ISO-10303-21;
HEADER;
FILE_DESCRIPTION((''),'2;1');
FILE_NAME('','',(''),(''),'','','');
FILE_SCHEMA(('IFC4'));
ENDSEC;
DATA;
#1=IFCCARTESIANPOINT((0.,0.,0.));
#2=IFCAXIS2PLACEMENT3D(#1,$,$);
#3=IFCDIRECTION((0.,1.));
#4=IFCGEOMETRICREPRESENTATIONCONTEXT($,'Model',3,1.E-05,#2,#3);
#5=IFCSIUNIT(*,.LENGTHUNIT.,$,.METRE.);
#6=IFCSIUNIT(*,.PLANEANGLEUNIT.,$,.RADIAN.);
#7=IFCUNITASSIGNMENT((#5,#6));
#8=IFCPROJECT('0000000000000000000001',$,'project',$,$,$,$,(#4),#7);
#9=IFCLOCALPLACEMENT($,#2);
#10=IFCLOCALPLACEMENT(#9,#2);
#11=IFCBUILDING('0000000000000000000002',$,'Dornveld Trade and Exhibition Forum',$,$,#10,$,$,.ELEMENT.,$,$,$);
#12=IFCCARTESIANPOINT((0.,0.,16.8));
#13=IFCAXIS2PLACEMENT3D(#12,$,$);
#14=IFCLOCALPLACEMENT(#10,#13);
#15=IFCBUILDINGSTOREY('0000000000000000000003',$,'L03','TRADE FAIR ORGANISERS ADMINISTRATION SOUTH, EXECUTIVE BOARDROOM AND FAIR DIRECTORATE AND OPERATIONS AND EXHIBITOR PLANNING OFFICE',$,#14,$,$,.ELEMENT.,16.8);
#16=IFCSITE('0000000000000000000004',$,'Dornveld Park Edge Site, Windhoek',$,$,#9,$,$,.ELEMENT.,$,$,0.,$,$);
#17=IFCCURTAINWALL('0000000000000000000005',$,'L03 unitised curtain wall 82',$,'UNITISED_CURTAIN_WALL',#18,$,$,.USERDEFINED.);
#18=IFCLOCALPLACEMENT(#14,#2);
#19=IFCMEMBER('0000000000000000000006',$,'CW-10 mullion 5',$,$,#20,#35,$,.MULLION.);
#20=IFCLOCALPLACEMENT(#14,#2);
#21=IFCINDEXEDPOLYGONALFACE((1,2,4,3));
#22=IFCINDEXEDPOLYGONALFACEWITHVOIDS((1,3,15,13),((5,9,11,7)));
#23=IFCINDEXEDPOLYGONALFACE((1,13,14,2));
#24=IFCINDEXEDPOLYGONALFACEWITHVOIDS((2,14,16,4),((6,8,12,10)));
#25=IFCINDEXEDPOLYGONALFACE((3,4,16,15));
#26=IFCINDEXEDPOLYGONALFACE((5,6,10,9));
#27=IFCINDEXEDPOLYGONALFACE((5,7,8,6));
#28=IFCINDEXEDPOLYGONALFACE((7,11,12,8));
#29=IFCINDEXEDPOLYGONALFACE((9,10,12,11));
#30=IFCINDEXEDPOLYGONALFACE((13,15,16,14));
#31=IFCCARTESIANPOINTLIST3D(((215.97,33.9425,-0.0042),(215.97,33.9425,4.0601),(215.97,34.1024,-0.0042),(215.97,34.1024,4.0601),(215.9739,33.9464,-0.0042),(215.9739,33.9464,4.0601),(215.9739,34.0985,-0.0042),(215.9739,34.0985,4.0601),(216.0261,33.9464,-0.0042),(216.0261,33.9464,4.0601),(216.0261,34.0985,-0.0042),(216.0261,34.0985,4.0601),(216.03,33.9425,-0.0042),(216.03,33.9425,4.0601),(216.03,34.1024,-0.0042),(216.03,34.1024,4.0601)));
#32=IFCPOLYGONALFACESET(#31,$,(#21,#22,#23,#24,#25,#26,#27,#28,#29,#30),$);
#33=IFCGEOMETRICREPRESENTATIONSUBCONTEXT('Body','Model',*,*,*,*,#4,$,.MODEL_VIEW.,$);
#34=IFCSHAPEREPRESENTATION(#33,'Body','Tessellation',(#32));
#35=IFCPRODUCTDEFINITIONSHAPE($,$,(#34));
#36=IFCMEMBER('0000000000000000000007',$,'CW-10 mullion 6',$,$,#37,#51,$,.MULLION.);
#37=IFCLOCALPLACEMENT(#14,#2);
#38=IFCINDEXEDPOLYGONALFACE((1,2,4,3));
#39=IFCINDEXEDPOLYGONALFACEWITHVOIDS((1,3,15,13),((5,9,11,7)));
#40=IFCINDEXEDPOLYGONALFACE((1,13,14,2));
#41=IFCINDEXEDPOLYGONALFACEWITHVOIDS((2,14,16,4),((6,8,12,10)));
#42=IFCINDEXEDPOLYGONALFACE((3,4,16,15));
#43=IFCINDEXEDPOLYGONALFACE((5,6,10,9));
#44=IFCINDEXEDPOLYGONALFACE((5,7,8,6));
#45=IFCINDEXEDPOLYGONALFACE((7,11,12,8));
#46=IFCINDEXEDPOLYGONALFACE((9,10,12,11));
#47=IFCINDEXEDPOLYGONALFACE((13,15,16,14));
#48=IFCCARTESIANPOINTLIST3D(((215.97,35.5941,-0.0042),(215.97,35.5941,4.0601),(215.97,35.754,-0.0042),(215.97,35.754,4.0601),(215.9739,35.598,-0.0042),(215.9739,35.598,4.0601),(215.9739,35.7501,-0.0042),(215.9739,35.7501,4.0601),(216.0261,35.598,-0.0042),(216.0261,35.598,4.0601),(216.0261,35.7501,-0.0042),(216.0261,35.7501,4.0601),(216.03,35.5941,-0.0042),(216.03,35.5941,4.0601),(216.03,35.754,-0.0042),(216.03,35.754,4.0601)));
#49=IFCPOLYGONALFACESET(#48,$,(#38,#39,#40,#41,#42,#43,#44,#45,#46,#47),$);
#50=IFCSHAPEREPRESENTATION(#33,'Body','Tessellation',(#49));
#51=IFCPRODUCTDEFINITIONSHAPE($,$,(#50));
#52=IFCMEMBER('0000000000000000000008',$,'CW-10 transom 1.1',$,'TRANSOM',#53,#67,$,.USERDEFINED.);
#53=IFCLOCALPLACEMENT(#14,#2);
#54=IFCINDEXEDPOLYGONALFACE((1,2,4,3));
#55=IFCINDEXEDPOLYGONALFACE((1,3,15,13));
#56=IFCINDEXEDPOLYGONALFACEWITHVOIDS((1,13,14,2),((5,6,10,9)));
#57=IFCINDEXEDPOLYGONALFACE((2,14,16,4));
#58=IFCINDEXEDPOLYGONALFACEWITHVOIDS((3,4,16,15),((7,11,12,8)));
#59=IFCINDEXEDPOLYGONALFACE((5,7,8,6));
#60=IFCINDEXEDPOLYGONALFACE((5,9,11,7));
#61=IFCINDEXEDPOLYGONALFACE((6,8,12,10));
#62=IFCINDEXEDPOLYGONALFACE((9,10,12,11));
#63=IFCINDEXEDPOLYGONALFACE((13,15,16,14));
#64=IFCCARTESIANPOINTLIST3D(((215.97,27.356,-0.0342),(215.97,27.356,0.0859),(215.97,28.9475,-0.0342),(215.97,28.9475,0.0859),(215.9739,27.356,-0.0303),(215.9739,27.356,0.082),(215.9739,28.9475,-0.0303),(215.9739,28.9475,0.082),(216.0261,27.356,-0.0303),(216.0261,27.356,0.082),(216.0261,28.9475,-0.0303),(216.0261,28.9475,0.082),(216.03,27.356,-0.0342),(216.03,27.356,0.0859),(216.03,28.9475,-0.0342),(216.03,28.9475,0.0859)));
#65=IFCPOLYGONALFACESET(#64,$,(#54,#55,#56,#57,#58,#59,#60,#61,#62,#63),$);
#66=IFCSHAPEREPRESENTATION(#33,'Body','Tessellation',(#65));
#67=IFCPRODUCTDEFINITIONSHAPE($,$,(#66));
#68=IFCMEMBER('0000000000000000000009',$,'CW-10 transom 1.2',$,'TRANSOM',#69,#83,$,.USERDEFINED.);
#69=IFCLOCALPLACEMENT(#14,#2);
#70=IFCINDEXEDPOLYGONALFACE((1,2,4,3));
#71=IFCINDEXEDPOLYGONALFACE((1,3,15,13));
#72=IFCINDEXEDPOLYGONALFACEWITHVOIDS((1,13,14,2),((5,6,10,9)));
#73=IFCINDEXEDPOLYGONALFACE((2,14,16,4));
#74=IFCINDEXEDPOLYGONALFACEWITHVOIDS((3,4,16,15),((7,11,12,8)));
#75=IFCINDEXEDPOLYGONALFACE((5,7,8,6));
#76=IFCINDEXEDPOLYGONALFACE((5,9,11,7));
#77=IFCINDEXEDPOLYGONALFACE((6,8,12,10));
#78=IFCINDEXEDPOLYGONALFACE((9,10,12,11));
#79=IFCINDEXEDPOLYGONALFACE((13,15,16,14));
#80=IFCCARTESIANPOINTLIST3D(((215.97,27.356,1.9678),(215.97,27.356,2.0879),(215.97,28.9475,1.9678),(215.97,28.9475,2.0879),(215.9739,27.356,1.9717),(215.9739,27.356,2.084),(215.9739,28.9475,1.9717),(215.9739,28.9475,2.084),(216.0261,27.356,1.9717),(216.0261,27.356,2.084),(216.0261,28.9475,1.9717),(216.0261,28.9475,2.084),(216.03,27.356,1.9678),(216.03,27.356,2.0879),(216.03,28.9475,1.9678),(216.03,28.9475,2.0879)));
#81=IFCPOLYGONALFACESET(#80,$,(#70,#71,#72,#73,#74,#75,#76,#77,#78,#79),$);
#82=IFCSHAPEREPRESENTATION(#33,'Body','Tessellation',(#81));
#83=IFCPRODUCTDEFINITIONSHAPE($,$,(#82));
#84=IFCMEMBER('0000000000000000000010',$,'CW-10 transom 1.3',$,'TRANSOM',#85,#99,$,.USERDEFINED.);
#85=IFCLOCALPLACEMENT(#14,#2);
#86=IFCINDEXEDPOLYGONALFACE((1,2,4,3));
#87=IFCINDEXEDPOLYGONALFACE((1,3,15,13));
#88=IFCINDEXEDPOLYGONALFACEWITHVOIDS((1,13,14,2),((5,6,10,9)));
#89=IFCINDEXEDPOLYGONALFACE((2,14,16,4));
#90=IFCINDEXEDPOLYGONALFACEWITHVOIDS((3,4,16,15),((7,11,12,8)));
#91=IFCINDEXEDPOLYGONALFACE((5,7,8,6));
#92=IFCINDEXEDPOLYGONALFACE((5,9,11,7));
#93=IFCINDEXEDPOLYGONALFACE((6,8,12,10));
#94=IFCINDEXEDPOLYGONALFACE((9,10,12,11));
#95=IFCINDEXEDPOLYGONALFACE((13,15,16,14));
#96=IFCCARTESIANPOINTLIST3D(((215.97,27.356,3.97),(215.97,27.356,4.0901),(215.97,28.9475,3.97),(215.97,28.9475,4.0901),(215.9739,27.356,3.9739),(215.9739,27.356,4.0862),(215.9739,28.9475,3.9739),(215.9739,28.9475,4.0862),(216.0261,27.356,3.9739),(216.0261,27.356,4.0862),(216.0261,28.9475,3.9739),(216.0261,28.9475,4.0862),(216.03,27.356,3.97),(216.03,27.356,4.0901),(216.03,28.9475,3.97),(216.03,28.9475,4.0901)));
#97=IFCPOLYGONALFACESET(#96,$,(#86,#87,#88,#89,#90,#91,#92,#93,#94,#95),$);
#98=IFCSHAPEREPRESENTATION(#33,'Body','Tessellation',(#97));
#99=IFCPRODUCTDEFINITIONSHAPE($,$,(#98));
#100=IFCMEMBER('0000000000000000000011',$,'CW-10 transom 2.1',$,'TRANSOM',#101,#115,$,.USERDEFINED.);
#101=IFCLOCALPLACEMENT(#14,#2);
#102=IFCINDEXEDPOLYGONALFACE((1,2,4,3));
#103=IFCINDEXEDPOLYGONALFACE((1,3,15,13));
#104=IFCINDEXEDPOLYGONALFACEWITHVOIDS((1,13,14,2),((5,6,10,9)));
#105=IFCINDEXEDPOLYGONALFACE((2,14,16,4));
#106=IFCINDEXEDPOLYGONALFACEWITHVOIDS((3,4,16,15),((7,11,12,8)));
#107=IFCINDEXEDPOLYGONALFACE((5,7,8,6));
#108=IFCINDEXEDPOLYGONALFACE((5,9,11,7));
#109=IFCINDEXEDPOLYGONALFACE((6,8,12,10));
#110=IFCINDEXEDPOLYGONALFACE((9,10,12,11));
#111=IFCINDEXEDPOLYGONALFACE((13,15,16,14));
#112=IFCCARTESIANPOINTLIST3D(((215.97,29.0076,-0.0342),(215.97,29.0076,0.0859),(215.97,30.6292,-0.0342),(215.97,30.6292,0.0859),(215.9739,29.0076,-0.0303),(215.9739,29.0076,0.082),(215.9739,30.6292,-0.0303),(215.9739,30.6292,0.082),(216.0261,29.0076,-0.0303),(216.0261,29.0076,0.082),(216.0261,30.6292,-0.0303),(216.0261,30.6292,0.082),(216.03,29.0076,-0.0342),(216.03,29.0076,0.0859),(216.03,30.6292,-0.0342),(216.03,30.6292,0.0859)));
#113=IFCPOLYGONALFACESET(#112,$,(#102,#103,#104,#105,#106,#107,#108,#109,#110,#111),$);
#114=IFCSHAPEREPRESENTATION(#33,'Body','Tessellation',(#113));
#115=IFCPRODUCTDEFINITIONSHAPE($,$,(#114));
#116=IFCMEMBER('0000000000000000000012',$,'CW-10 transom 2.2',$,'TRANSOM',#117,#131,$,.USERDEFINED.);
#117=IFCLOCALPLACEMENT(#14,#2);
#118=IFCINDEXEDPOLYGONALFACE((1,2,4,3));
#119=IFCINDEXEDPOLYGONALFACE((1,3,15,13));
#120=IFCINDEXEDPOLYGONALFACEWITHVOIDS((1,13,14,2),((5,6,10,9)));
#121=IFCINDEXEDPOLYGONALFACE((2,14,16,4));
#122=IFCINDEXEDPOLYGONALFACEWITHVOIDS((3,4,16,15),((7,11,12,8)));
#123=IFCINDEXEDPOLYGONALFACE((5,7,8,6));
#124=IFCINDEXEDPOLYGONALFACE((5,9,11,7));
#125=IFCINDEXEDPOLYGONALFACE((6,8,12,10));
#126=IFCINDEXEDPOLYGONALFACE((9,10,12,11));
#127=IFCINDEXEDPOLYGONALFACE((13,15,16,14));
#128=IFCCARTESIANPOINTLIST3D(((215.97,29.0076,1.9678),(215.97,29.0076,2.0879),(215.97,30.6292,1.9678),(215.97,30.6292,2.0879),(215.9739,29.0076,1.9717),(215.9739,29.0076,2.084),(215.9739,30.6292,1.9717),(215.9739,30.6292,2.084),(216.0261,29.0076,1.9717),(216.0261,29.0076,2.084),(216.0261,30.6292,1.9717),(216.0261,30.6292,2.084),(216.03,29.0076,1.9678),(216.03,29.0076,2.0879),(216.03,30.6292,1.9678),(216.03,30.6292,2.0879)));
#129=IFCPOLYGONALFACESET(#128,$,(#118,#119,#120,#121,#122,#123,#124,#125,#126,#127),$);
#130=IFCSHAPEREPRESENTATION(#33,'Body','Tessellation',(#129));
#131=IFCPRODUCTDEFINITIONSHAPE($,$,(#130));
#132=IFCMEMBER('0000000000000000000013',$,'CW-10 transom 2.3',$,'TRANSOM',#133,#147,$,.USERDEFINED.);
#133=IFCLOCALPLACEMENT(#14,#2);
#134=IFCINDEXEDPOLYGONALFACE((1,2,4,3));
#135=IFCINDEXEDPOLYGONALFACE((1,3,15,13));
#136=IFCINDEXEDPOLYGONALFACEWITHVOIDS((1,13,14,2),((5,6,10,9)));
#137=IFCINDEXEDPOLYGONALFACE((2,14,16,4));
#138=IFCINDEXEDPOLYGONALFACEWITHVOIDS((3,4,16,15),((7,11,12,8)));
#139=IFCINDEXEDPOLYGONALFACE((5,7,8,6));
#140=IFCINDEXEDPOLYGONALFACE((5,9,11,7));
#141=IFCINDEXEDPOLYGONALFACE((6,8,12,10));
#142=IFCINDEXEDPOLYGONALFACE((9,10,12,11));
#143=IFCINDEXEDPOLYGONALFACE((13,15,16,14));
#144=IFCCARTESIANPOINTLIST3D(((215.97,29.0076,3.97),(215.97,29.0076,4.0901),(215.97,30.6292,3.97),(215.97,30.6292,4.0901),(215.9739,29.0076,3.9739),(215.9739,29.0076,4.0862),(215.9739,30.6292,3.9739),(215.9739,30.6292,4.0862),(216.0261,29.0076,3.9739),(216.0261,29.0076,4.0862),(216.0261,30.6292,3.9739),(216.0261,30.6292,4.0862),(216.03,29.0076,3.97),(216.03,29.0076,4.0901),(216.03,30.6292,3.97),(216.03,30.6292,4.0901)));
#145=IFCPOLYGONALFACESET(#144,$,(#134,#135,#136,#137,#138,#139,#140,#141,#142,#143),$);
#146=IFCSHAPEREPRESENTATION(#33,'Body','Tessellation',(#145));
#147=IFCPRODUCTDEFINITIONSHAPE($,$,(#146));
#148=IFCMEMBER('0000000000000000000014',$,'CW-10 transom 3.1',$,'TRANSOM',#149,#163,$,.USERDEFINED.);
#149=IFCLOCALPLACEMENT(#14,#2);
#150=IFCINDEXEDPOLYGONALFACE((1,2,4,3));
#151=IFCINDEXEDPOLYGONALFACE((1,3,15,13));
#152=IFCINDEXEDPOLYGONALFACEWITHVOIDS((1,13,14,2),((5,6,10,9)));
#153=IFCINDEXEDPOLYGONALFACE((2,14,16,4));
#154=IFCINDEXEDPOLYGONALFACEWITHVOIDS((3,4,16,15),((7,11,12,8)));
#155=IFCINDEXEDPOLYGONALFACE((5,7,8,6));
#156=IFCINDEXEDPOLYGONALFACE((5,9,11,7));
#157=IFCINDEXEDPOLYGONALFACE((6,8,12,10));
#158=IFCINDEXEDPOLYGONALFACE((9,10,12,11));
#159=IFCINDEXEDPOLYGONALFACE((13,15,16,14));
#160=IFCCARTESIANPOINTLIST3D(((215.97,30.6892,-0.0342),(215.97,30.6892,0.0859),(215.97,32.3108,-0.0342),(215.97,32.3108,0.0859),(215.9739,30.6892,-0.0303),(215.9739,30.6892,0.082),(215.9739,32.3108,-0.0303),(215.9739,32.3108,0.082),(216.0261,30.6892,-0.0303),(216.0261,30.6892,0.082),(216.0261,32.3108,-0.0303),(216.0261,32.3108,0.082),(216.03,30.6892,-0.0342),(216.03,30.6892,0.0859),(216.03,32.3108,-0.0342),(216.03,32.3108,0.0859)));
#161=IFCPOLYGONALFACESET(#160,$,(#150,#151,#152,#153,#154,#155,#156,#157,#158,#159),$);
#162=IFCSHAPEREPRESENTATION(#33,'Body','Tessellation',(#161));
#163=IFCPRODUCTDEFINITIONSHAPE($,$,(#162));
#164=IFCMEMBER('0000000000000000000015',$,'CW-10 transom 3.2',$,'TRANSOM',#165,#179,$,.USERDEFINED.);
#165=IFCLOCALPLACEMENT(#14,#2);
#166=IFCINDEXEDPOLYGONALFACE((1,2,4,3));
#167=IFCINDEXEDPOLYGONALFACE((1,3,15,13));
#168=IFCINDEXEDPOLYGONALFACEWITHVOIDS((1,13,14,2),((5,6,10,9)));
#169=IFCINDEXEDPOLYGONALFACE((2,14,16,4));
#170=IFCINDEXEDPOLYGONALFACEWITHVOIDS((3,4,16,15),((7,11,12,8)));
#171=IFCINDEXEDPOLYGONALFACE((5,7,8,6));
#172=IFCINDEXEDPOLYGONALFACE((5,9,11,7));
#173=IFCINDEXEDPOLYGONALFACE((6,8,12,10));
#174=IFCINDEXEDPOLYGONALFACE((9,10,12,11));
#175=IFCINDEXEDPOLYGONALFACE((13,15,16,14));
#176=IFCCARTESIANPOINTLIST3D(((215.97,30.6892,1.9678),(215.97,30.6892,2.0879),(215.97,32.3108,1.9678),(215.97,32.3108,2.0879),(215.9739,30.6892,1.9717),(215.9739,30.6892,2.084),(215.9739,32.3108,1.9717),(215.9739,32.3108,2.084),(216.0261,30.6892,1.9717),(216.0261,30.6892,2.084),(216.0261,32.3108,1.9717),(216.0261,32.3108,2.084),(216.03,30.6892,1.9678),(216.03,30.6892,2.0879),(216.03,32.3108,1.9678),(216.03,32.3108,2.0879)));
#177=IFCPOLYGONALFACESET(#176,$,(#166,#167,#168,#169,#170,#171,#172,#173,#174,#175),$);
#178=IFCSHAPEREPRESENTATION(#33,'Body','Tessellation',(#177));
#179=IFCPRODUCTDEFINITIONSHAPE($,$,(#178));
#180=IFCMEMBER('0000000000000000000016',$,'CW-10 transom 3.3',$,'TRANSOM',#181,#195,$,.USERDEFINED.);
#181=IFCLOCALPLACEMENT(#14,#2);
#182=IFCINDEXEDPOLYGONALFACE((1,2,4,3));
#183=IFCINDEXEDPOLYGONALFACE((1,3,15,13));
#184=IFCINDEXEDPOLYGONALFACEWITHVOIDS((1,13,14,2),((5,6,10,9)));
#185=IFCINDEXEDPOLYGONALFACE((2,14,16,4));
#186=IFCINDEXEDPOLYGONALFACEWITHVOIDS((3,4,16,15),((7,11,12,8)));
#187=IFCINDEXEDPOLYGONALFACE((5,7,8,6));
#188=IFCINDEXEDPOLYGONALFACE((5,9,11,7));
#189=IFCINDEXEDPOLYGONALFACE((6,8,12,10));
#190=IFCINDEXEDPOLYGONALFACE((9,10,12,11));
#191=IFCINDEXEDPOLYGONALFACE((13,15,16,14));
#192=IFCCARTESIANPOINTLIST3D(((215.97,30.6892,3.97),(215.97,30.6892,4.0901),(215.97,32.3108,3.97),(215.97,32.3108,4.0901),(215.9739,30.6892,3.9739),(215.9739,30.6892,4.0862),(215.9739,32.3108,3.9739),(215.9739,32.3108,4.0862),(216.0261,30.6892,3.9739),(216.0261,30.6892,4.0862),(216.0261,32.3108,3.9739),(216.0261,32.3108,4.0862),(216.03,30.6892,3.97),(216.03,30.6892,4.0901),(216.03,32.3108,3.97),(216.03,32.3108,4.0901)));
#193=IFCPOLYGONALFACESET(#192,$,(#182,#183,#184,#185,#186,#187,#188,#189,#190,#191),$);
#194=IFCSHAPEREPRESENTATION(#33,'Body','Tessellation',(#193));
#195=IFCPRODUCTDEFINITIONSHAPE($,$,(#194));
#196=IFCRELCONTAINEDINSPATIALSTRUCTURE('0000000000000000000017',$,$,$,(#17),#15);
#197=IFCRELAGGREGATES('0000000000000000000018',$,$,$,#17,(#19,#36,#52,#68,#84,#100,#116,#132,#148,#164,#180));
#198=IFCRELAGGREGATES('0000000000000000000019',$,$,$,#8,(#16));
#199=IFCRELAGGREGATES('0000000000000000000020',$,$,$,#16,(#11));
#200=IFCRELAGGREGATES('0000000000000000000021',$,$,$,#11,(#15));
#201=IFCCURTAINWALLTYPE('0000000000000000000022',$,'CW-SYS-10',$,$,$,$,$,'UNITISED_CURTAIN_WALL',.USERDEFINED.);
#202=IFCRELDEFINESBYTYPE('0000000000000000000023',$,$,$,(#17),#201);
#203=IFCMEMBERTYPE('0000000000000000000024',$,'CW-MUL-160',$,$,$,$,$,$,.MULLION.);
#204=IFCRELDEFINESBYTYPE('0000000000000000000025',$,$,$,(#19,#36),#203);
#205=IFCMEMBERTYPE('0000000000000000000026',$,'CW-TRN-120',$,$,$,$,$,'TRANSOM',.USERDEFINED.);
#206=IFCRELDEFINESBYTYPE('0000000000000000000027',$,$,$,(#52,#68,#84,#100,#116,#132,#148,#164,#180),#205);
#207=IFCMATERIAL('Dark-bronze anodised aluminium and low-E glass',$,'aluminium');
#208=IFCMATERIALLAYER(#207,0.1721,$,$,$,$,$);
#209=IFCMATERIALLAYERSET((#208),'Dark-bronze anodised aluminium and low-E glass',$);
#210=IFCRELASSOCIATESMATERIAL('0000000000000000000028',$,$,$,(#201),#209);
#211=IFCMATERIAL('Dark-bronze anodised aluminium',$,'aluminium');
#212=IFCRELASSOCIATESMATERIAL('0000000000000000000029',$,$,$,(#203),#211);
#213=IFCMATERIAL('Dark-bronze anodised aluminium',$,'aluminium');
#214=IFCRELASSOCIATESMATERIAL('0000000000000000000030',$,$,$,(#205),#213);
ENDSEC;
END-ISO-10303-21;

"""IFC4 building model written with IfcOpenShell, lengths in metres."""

from ifc_helpers import new_model, si_unit, direction, frame, origin, origin_2d, place, context, subcontext, project, spatial, hollow_rectangle, extrude, material, layer, layer_set, material_profile, profile_set, type_object, element, aggregate, save


model = new_model("IFC4")

# Units and contexts
model_context = context("Model", 3, precision=1e-05, world=origin(), true_north=direction((0.0, 1.0)))
body_context = subcontext(model_context, "Body", "Model", "MODEL_VIEW")
ifc_project = project(units=[si_unit("LENGTHUNIT", "METRE"), si_unit("PLANEANGLEUNIT", "RADIAN")], contexts=[model_context])

# Site, building, storey
site_placement = place(None, origin())
site = spatial("IfcSite", under=ifc_project, at=site_placement, Name="Dornveld Park Edge Site, Windhoek", CompositionType="ELEMENT", RefElevation=0.0)
building_placement = place(site_placement, origin())
building = spatial("IfcBuilding", under=site, at=building_placement, Name="Dornveld Trade and Exhibition Forum", CompositionType="ELEMENT")
storey_placement = place(building_placement, frame((0.0, 0.0, 16.8)))
storey = spatial("IfcBuildingStorey", under=building, at=storey_placement, Name="L03", Description="TRADE FAIR ORGANISERS ADMINISTRATION SOUTH, EXECUTIVE BOARDROOM AND FAIR DIRECTORATE AND OPERATIONS AND EXHIBITOR PLANNING OFFICE", CompositionType="ELEMENT", Elevation=16.8)

# Curtain wall, members
ifc_material_1 = material(Name="Dark-bronze anodised aluminium and low-E glass", Category="aluminium")
ifc_layer_1 = layer(ifc_material_1, 0.1721)
ifc_layer_set_1 = layer_set([ifc_layer_1], Name="Dark-bronze anodised aluminium and low-E glass")
curtain_wall_type = type_object("IfcCurtainWallType", Name="CW-SYS-10", ElementType="UNITISED_CURTAIN_WALL", PredefinedType="USERDEFINED", material=ifc_layer_set_1)
curtain_wall_placement = place(storey_placement, origin())
curtain_wall = element("IfcCurtainWall", 1, at=curtain_wall_placement, inside=storey, type_object=curtain_wall_type, Name="L03 unitised curtain wall 82", ObjectType="UNITISED_CURTAIN_WALL", PredefinedType="USERDEFINED")
ifc_material_2 = material(Name="Dark-bronze anodised aluminium", Category="aluminium")
ifc_material_profile_1 = material_profile(ifc_material_2, hollow_rectangle(XDim=0.0601, YDim=0.1599, WallThickness=0.0039, at=origin_2d()), Name="RHS 160x60x4")
ifc_profile_set_1 = profile_set([ifc_material_profile_1], Name="Dark-bronze anodised aluminium")
member_type_1 = type_object("IfcMemberType", Name="CW-MUL-160", PredefinedType="MULLION", material=ifc_profile_set_1)
member_1_placement = place(storey_placement, frame((216.0, 34.0225, -0.0042), z_axis=(0.0, 0.0, 1.0), x_axis=(-1.0, 0.0, 0.0)))
member_1 = element("IfcMember", 2, at=member_1_placement, type_object=member_type_1, Name="CW-10 mullion 5", PredefinedType="MULLION", context=body_context, shape_type="SweptSolid", body=[
    extrude(hollow_rectangle(XDim=0.0601, YDim=0.1599, WallThickness=0.0039, at=origin_2d()), origin(), (0.0, 0.0, 1.0), 4.0642),
])
member_2_placement = place(storey_placement, frame((216.0, 35.6741, -0.0042), z_axis=(0.0, 0.0, 1.0), x_axis=(-1.0, 0.0, 0.0)))
member_2 = element("IfcMember", 3, at=member_2_placement, type_object=member_type_1, Name="CW-10 mullion 6", PredefinedType="MULLION", context=body_context, shape_type="SweptSolid", body=[
    extrude(hollow_rectangle(XDim=0.0601, YDim=0.1599, WallThickness=0.0039, at=origin_2d()), origin(), (0.0, 0.0, 1.0), 4.0642),
])
ifc_material_3 = material(Name="Dark-bronze anodised aluminium", Category="aluminium")
ifc_material_profile_2 = material_profile(ifc_material_3, hollow_rectangle(XDim=0.0601, YDim=0.1201, WallThickness=0.0039, at=origin_2d()), Name="RHS 120x60x4")
ifc_profile_set_2 = profile_set([ifc_material_profile_2], Name="Dark-bronze anodised aluminium")
member_type_2 = type_object("IfcMemberType", Name="CW-TRN-120", ElementType="TRANSOM", PredefinedType="USERDEFINED", material=ifc_profile_set_2)
member_3_placement = place(storey_placement, frame((216.0, 27.356, 0.0259), z_axis=(0.0, 1.0, 0.0), x_axis=(-1.0, 0.0, 0.0)))
member_3 = element("IfcMember", 4, at=member_3_placement, type_object=member_type_2, Name="CW-10 transom 1.1", ObjectType="TRANSOM", PredefinedType="USERDEFINED", context=body_context, shape_type="SweptSolid", body=[
    extrude(hollow_rectangle(XDim=0.0601, YDim=0.1201, WallThickness=0.0039, at=origin_2d()), origin(), (0.0, 0.0, 1.0), 1.5916),
])
member_4_placement = place(storey_placement, frame((216.0, 27.356, 2.0278), z_axis=(0.0, 1.0, 0.0), x_axis=(-1.0, 0.0, 0.0)))
member_4 = element("IfcMember", 5, at=member_4_placement, type_object=member_type_2, Name="CW-10 transom 1.2", ObjectType="TRANSOM", PredefinedType="USERDEFINED", context=body_context, shape_type="SweptSolid", body=[
    extrude(hollow_rectangle(XDim=0.0601, YDim=0.1201, WallThickness=0.0039, at=origin_2d()), origin(), (0.0, 0.0, 1.0), 1.5916),
])
member_5_placement = place(storey_placement, frame((216.0, 27.356, 4.03), z_axis=(0.0, 1.0, 0.0), x_axis=(-1.0, 0.0, 0.0)))
member_5 = element("IfcMember", 6, at=member_5_placement, type_object=member_type_2, Name="CW-10 transom 1.3", ObjectType="TRANSOM", PredefinedType="USERDEFINED", context=body_context, shape_type="SweptSolid", body=[
    extrude(hollow_rectangle(XDim=0.0601, YDim=0.1201, WallThickness=0.0039, at=origin_2d()), origin(), (0.0, 0.0, 1.0), 1.5916),
])
member_6_placement = place(storey_placement, frame((216.0, 29.0076, 0.0259), z_axis=(0.0, 1.0, 0.0), x_axis=(-1.0, 0.0, 0.0)))
member_6 = element("IfcMember", 7, at=member_6_placement, type_object=member_type_2, Name="CW-10 transom 2.1", ObjectType="TRANSOM", PredefinedType="USERDEFINED", context=body_context, shape_type="SweptSolid", body=[
    extrude(hollow_rectangle(XDim=0.0601, YDim=0.1201, WallThickness=0.0039, at=origin_2d()), origin(), (0.0, 0.0, 1.0), 1.6216),
])
member_7_placement = place(storey_placement, frame((216.0, 29.0076, 2.0278), z_axis=(0.0, 1.0, 0.0), x_axis=(-1.0, 0.0, 0.0)))
member_7 = element("IfcMember", 8, at=member_7_placement, type_object=member_type_2, Name="CW-10 transom 2.2", ObjectType="TRANSOM", PredefinedType="USERDEFINED", context=body_context, shape_type="SweptSolid", body=[
    extrude(hollow_rectangle(XDim=0.0601, YDim=0.1201, WallThickness=0.0039, at=origin_2d()), origin(), (0.0, 0.0, 1.0), 1.6216),
])
member_8_placement = place(storey_placement, frame((216.0, 29.0076, 4.03), z_axis=(0.0, 1.0, 0.0), x_axis=(-1.0, 0.0, 0.0)))
member_8 = element("IfcMember", 9, at=member_8_placement, type_object=member_type_2, Name="CW-10 transom 2.3", ObjectType="TRANSOM", PredefinedType="USERDEFINED", context=body_context, shape_type="SweptSolid", body=[
    extrude(hollow_rectangle(XDim=0.0601, YDim=0.1201, WallThickness=0.0039, at=origin_2d()), origin(), (0.0, 0.0, 1.0), 1.6216),
])
member_9_placement = place(storey_placement, frame((216.0, 30.6892, 0.0259), z_axis=(0.0, 1.0, 0.0), x_axis=(-1.0, 0.0, 0.0)))
member_9 = element("IfcMember", 10, at=member_9_placement, type_object=member_type_2, Name="CW-10 transom 3.1", ObjectType="TRANSOM", PredefinedType="USERDEFINED", context=body_context, shape_type="SweptSolid", body=[
    extrude(hollow_rectangle(XDim=0.0601, YDim=0.1201, WallThickness=0.0039, at=origin_2d()), origin(), (0.0, 0.0, 1.0), 1.6216),
])
member_10_placement = place(storey_placement, frame((216.0, 30.6892, 2.0278), z_axis=(0.0, 1.0, 0.0), x_axis=(-1.0, 0.0, 0.0)))
member_10 = element("IfcMember", 11, at=member_10_placement, type_object=member_type_2, Name="CW-10 transom 3.2", ObjectType="TRANSOM", PredefinedType="USERDEFINED", context=body_context, shape_type="SweptSolid", body=[
    extrude(hollow_rectangle(XDim=0.0601, YDim=0.1201, WallThickness=0.0039, at=origin_2d()), origin(), (0.0, 0.0, 1.0), 1.6216),
])
member_11_placement = place(storey_placement, frame((216.0, 30.6892, 4.03), z_axis=(0.0, 1.0, 0.0), x_axis=(-1.0, 0.0, 0.0)))
member_11 = element("IfcMember", 12, at=member_11_placement, type_object=member_type_2, Name="CW-10 transom 3.3", ObjectType="TRANSOM", PredefinedType="USERDEFINED", context=body_context, shape_type="SweptSolid", body=[
    extrude(hollow_rectangle(XDim=0.0601, YDim=0.1201, WallThickness=0.0039, at=origin_2d()), origin(), (0.0, 0.0, 1.0), 1.6216),
])
aggregate(curtain_wall, [member_1, member_2, member_3, member_4, member_5, member_6, member_7, member_8, member_9, member_10, member_11])

save(model, "model.ifc")
